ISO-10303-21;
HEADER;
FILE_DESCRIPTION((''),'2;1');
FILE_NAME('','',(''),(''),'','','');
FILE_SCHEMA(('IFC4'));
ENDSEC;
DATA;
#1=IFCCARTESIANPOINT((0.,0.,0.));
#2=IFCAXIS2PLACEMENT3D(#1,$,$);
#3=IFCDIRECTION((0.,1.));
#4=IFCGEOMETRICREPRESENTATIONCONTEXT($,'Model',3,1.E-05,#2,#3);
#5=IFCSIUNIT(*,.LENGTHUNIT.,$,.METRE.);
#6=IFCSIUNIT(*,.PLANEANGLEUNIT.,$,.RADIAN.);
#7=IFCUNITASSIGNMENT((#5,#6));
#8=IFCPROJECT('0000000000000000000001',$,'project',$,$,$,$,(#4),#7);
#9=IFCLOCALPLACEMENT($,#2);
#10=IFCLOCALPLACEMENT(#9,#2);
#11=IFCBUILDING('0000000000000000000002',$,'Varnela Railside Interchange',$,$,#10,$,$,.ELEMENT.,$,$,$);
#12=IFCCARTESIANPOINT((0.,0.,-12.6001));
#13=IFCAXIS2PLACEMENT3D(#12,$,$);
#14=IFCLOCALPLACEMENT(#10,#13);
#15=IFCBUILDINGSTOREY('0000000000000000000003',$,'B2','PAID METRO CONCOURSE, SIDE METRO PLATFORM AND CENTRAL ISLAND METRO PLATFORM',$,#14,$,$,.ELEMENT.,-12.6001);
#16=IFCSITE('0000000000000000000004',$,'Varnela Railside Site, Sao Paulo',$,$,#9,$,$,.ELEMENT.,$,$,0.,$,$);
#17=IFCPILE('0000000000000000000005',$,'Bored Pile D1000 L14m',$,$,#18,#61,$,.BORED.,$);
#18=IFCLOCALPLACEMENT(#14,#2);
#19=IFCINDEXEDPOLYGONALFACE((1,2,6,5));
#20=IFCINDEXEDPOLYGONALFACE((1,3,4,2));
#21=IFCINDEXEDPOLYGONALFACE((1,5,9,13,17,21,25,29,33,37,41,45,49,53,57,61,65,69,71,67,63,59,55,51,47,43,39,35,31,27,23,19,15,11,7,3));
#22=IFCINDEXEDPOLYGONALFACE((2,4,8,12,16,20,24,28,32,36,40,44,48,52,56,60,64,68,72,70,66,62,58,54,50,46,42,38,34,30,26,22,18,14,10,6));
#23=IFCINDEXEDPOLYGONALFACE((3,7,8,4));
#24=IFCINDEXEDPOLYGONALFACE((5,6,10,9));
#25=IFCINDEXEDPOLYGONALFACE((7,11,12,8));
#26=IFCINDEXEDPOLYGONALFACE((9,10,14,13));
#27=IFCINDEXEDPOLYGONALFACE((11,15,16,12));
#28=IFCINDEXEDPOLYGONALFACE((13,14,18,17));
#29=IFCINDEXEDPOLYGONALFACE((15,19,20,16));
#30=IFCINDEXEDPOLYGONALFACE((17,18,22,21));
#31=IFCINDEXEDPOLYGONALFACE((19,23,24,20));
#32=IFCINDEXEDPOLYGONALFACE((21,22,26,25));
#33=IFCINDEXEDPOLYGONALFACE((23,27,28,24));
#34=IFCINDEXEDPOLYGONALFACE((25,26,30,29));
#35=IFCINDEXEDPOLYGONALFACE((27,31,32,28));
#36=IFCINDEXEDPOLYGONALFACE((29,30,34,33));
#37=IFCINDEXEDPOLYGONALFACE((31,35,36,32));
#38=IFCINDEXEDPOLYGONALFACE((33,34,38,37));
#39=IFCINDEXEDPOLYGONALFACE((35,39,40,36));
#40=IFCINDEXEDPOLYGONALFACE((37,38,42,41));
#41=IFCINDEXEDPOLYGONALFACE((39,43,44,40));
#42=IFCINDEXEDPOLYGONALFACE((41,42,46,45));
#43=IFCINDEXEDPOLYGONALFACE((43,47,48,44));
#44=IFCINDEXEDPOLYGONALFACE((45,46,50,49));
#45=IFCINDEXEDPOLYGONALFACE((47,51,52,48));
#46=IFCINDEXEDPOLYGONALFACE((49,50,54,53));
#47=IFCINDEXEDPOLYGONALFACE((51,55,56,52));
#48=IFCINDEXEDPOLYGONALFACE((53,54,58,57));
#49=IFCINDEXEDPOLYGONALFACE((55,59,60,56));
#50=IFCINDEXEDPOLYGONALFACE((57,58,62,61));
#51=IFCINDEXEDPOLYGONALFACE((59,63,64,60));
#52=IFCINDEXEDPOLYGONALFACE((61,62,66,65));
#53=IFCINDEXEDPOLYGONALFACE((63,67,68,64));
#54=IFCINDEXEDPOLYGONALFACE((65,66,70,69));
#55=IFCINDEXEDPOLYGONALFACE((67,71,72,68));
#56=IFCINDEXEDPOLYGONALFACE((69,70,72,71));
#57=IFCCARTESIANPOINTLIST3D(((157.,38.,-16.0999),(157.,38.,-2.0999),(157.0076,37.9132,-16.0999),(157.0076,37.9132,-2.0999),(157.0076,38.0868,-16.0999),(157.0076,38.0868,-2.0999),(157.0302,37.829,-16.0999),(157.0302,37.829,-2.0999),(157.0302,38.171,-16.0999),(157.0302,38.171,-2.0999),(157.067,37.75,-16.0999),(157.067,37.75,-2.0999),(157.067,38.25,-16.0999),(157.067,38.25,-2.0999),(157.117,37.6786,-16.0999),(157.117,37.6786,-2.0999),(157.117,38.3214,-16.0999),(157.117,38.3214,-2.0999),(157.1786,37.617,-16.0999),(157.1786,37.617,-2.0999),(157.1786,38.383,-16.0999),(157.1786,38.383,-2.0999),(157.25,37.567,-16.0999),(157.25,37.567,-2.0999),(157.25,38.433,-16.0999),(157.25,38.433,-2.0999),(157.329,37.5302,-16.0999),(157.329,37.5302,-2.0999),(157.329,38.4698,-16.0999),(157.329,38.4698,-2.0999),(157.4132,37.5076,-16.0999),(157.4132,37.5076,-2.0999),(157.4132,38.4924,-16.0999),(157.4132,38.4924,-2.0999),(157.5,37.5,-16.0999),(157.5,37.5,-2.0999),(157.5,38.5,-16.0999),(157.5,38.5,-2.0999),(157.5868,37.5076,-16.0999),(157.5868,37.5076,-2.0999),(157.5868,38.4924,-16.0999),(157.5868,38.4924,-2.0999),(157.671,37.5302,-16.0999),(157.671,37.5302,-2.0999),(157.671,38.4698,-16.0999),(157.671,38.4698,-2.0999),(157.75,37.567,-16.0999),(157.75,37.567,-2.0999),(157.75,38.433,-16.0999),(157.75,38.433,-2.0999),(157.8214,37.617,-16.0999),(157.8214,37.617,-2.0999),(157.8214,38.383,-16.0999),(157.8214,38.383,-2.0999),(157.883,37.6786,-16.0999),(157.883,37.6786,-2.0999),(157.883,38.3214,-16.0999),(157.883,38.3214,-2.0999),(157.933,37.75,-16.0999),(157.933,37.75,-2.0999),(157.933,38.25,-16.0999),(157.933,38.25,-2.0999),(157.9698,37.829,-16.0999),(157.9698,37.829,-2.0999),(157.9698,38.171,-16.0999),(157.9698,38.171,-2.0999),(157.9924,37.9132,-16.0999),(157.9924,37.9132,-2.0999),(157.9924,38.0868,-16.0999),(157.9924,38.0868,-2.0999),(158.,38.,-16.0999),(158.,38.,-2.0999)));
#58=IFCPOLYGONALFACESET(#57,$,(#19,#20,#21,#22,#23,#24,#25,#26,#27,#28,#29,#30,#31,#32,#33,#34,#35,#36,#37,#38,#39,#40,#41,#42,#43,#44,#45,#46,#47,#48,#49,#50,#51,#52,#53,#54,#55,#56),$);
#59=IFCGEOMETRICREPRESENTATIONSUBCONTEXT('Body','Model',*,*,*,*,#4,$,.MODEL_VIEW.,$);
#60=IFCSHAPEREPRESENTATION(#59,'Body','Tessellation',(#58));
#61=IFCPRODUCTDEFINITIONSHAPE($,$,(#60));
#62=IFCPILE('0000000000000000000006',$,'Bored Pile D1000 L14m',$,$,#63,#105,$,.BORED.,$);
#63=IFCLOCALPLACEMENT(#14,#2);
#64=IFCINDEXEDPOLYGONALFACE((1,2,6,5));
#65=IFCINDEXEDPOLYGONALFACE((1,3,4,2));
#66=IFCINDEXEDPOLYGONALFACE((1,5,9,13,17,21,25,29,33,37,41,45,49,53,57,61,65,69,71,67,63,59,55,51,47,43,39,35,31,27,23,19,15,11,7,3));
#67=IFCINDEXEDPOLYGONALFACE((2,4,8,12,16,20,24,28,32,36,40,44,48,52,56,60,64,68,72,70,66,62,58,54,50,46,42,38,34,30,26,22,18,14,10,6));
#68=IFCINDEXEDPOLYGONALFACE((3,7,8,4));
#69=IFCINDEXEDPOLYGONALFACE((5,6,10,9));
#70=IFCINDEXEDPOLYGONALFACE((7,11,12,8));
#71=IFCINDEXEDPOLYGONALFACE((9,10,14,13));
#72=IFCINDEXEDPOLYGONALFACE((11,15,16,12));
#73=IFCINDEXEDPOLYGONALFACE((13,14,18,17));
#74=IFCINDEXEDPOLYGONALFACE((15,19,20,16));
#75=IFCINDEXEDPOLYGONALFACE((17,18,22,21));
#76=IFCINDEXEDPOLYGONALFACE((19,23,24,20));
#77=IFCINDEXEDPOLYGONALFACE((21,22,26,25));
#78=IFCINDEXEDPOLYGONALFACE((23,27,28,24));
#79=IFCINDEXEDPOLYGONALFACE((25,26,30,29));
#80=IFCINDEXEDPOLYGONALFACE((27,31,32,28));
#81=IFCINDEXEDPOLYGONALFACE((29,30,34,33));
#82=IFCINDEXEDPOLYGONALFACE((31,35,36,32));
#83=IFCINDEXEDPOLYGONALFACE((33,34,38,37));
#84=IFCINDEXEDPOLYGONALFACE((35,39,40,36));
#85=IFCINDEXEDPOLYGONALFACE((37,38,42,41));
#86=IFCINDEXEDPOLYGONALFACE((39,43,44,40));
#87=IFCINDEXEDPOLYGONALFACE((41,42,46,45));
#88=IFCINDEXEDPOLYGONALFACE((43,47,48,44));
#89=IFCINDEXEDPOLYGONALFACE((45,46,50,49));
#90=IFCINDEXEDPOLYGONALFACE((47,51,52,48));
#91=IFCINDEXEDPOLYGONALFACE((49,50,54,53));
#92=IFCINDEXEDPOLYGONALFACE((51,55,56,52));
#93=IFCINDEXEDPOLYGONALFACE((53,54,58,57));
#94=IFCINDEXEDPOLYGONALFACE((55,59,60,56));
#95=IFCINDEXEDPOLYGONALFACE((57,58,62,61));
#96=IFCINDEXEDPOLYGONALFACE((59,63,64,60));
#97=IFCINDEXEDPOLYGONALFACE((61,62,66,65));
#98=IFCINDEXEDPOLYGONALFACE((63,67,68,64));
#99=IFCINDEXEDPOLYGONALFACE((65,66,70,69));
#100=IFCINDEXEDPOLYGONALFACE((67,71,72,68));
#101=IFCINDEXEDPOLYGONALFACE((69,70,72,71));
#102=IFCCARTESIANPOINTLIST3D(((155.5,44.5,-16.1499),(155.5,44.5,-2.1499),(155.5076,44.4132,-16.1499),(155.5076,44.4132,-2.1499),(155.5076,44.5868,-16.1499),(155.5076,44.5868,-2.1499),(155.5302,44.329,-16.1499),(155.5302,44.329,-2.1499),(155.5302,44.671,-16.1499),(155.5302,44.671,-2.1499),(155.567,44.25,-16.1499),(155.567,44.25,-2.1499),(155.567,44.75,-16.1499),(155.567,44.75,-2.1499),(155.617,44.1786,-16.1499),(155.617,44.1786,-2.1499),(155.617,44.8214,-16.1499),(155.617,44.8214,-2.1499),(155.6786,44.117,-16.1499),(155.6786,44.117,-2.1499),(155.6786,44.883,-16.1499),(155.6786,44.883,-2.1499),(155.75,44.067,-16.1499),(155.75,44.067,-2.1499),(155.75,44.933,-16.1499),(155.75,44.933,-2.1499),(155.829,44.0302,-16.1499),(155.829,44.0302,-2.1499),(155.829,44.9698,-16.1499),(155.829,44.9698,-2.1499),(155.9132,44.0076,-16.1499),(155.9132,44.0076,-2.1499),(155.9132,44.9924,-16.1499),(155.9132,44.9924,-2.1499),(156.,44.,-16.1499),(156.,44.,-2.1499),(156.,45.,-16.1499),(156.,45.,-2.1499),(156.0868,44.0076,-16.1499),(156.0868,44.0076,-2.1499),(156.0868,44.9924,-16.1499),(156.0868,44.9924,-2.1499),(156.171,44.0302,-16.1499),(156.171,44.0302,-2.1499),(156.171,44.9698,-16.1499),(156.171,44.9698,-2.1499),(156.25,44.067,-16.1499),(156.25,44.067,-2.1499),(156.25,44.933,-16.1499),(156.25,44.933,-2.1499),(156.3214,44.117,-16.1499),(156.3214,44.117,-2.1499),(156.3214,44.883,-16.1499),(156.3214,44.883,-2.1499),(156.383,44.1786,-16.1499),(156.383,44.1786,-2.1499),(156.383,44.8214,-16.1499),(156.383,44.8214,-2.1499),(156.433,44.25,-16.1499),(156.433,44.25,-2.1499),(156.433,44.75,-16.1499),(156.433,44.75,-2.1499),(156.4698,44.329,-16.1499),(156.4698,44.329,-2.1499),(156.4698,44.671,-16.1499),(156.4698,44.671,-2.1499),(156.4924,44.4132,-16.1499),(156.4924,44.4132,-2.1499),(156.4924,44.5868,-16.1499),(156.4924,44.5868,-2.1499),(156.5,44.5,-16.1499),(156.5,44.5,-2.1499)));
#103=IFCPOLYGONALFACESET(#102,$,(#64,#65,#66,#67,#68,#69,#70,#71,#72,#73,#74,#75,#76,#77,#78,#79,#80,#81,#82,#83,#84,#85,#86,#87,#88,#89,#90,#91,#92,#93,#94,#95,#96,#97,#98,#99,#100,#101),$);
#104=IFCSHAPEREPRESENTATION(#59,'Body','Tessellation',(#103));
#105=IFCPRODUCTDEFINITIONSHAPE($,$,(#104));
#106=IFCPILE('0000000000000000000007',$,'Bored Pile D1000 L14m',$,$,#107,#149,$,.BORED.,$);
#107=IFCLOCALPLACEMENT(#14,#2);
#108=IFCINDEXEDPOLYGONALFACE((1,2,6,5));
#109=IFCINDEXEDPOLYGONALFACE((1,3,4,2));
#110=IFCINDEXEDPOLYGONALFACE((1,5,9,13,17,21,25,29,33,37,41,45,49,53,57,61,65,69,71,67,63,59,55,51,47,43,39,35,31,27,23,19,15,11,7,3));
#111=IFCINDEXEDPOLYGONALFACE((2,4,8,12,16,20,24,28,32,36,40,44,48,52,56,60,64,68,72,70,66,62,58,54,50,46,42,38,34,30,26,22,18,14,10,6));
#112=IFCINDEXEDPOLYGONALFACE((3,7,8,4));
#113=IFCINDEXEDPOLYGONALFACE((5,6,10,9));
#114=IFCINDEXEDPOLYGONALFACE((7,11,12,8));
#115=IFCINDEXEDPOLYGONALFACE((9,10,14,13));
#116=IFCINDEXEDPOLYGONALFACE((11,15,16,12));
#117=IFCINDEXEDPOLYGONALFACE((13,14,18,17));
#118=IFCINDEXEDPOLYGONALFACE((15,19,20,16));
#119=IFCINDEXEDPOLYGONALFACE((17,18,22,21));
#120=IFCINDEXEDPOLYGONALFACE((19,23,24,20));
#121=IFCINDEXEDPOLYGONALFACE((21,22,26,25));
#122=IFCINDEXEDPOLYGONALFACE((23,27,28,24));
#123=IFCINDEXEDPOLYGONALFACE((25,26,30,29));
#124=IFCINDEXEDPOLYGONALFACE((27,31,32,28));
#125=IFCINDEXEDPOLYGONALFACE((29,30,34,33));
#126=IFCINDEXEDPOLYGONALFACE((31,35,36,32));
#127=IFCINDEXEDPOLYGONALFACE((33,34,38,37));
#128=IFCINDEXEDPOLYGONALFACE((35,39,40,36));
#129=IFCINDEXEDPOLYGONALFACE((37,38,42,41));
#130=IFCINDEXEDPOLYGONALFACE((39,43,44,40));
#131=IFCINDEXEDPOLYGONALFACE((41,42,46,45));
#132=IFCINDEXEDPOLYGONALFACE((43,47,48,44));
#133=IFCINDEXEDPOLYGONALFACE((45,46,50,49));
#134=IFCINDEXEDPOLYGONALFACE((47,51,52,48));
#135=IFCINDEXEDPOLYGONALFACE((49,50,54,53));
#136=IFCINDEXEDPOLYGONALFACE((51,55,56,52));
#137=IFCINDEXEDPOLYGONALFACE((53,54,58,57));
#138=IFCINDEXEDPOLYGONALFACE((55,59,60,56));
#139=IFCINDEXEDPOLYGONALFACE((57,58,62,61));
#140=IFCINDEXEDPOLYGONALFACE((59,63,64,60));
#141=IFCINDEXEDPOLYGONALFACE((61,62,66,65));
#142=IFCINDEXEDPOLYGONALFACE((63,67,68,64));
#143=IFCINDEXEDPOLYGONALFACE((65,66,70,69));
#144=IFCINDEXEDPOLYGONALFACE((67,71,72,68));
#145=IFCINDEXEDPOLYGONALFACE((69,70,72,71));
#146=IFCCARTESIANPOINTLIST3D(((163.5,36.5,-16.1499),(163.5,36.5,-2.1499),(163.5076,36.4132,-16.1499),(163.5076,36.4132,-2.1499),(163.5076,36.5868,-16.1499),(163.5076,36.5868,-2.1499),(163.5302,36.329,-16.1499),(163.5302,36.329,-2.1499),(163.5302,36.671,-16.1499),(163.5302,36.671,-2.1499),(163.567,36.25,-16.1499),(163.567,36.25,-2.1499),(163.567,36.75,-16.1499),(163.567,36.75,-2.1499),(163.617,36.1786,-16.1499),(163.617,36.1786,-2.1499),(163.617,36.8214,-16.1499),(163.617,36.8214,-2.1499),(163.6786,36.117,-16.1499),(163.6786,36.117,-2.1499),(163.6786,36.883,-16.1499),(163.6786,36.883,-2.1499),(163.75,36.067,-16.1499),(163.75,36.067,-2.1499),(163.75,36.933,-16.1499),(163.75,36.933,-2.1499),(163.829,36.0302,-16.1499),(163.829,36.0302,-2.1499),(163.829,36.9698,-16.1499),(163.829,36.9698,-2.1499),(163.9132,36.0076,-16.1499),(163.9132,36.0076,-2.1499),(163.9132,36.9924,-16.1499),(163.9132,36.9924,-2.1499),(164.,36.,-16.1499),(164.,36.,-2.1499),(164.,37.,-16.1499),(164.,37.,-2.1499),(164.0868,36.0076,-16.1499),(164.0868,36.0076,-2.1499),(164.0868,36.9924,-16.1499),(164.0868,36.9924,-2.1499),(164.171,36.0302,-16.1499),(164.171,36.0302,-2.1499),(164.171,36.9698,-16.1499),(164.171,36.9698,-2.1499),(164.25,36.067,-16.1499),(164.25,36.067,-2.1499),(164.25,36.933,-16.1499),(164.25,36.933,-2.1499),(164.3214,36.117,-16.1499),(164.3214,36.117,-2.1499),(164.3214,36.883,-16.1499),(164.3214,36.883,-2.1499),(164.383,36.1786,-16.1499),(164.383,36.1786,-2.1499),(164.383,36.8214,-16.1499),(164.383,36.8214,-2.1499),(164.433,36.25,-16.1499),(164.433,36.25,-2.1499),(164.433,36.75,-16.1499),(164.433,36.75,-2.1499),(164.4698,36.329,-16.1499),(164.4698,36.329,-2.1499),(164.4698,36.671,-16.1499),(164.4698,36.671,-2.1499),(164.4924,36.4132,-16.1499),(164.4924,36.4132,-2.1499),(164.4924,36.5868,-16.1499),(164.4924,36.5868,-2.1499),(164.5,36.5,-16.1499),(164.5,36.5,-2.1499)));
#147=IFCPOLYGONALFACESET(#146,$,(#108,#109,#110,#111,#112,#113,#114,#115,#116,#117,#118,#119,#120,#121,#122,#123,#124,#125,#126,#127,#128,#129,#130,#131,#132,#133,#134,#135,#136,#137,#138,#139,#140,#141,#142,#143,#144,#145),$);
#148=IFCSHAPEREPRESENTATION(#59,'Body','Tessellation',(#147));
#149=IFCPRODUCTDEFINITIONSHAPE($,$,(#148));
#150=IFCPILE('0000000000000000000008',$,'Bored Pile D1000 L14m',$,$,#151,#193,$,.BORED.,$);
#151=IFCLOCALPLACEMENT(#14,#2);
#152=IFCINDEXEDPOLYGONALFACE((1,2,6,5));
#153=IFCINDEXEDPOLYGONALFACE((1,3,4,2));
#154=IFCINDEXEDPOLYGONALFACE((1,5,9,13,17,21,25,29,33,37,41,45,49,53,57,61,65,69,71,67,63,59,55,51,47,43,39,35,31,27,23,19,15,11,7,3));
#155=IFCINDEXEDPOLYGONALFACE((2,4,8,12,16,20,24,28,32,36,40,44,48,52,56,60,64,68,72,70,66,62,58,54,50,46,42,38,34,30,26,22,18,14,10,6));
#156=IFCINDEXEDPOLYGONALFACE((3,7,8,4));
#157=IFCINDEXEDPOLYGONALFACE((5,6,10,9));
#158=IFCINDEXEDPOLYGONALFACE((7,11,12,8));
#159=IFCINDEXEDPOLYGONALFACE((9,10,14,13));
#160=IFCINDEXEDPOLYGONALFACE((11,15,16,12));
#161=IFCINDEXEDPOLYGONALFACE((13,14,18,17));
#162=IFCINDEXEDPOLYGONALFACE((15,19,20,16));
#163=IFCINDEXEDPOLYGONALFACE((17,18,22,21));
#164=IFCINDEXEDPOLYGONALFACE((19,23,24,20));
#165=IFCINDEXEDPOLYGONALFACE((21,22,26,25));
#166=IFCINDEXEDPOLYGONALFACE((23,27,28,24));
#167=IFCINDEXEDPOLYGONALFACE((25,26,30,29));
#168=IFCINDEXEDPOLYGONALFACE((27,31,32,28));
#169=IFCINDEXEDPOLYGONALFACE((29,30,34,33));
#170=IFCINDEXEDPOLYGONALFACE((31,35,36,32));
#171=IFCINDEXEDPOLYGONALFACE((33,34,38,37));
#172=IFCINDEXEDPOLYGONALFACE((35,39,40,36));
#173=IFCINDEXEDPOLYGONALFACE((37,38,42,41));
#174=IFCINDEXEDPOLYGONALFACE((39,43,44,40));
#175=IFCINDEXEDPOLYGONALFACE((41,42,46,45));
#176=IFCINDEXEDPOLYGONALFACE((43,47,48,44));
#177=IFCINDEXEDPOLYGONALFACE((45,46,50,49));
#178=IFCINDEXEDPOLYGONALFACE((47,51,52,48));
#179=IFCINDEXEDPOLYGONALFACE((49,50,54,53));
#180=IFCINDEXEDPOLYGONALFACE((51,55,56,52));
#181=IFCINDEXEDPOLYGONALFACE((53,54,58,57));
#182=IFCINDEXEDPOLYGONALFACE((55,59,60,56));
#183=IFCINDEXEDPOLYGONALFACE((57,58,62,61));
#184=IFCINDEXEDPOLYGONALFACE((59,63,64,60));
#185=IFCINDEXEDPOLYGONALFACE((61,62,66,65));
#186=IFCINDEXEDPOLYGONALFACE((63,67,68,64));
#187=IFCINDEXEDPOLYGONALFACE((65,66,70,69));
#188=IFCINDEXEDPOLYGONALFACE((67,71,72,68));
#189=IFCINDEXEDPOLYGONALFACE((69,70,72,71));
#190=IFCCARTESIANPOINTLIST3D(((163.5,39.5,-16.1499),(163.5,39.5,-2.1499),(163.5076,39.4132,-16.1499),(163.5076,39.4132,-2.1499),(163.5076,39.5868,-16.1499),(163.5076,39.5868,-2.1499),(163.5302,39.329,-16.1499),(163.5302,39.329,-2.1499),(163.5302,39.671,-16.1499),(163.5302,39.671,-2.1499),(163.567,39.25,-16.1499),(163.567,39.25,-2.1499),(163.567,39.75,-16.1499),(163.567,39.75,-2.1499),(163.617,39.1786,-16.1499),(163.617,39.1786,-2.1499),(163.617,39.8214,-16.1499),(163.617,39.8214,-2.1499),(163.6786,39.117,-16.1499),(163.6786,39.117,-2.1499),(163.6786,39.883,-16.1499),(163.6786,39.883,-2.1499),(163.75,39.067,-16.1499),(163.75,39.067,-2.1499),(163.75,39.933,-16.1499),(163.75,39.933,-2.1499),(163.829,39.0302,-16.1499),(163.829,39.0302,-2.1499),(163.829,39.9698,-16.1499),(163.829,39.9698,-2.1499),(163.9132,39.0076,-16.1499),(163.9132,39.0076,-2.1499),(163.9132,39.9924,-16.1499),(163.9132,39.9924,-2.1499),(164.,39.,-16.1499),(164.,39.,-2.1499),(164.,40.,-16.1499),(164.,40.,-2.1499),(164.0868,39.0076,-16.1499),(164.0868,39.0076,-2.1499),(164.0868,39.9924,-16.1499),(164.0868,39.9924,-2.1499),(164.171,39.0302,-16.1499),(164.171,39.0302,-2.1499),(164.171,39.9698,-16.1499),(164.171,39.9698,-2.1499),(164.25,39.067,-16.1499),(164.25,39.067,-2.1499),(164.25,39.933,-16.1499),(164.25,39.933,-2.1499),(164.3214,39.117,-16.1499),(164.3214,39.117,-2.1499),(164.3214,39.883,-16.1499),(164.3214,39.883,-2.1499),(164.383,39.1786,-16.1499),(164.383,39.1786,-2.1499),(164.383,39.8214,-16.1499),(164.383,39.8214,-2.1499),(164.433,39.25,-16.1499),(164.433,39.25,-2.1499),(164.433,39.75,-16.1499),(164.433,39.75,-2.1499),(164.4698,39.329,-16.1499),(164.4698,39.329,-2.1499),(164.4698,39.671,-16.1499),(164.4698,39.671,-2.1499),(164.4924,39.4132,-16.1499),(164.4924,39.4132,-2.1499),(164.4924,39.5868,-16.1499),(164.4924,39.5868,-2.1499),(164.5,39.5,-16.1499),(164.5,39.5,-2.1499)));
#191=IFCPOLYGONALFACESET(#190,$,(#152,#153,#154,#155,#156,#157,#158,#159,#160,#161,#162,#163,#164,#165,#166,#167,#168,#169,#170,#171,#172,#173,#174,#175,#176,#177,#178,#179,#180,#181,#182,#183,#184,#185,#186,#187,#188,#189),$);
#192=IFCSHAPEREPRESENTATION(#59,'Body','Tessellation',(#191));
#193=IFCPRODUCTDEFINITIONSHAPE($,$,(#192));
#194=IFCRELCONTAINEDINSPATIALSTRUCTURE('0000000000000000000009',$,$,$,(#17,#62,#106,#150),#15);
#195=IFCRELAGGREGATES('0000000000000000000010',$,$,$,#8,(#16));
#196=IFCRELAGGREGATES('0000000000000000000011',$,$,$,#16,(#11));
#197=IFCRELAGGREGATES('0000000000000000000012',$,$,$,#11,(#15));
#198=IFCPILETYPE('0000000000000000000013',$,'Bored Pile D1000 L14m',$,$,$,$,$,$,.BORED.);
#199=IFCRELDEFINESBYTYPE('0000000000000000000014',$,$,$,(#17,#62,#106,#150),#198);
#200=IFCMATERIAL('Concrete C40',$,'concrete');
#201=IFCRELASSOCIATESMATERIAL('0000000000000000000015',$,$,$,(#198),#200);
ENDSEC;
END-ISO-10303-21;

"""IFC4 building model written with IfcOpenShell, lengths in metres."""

from ifc_helpers import new_model, si_unit, direction, frame, origin, origin_2d, place, context, subcontext, project, spatial, circle, extrude, material, material_profile, profile_set, type_object, element, save


model = new_model("IFC4")

# Units and contexts
model_context = context("Model", 3, precision=1e-05, world=origin(), true_north=direction((0.0, 1.0)))
body_context = subcontext(model_context, "Body", "Model", "MODEL_VIEW")
ifc_project = project(units=[si_unit("LENGTHUNIT", "METRE"), si_unit("PLANEANGLEUNIT", "RADIAN")], contexts=[model_context])

# Site, building, storey
site_placement = place(None, origin())
site = spatial("IfcSite", under=ifc_project, at=site_placement, Name="Varnela Railside Site, Sao Paulo", CompositionType="ELEMENT", RefElevation=0.0)
building_placement = place(site_placement, origin())
building = spatial("IfcBuilding", under=site, at=building_placement, Name="Varnela Railside Interchange", CompositionType="ELEMENT")
storey_placement = place(building_placement, frame((0.0, 0.0, -12.6001)))
storey = spatial("IfcBuildingStorey", under=building, at=storey_placement, Name="B2", Description="PAID METRO CONCOURSE, SIDE METRO PLATFORM AND CENTRAL ISLAND METRO PLATFORM", CompositionType="ELEMENT", Elevation=-12.6001)

# Piles
ifc_material_1 = material(Name="Concrete C40", Category="concrete")
ifc_material_profile_1 = material_profile(ifc_material_1, circle(Radius=0.5, at=origin_2d()), Name="BORED PILE D1000")
ifc_profile_set_1 = profile_set([ifc_material_profile_1], Name="Concrete C40")
pile_type_1 = type_object("IfcPileType", Name="Bored Pile D1000 L14m", PredefinedType="BORED", material=ifc_profile_set_1)
for number, where, z_axis, x_axis, name in (
    (1, (157.5, 38.0, -2.0999), (0.0, 0.0, -1.0), (1.0, 0.0, 0.0), "Bored Pile D1000 L14m"),
    (2, (156.0, 44.5, -2.1499), (0.0, 0.0, -1.0), (1.0, 0.0, 0.0), "Bored Pile D1000 L14m"),
    (3, (164.0, 36.5, -2.1499), (0.0, 0.0, -1.0), (1.0, 0.0, 0.0), "Bored Pile D1000 L14m"),
    (4, (164.0, 39.5, -2.1499), (0.0, 0.0, -1.0), (1.0, 0.0, 0.0), "Bored Pile D1000 L14m"),
):
    element("IfcPile", number, at=place(storey_placement, frame(where, z_axis=z_axis, x_axis=x_axis)), inside=storey, type_object=pile_type_1, Name=name, PredefinedType="BORED", context=body_context, shape_type="SweptSolid", body=[
        extrude(circle(Radius=0.5, at=origin_2d()), origin(), (0.0, 0.0, 1.0), 14.0),
    ])

save(model, "model.ifc")
